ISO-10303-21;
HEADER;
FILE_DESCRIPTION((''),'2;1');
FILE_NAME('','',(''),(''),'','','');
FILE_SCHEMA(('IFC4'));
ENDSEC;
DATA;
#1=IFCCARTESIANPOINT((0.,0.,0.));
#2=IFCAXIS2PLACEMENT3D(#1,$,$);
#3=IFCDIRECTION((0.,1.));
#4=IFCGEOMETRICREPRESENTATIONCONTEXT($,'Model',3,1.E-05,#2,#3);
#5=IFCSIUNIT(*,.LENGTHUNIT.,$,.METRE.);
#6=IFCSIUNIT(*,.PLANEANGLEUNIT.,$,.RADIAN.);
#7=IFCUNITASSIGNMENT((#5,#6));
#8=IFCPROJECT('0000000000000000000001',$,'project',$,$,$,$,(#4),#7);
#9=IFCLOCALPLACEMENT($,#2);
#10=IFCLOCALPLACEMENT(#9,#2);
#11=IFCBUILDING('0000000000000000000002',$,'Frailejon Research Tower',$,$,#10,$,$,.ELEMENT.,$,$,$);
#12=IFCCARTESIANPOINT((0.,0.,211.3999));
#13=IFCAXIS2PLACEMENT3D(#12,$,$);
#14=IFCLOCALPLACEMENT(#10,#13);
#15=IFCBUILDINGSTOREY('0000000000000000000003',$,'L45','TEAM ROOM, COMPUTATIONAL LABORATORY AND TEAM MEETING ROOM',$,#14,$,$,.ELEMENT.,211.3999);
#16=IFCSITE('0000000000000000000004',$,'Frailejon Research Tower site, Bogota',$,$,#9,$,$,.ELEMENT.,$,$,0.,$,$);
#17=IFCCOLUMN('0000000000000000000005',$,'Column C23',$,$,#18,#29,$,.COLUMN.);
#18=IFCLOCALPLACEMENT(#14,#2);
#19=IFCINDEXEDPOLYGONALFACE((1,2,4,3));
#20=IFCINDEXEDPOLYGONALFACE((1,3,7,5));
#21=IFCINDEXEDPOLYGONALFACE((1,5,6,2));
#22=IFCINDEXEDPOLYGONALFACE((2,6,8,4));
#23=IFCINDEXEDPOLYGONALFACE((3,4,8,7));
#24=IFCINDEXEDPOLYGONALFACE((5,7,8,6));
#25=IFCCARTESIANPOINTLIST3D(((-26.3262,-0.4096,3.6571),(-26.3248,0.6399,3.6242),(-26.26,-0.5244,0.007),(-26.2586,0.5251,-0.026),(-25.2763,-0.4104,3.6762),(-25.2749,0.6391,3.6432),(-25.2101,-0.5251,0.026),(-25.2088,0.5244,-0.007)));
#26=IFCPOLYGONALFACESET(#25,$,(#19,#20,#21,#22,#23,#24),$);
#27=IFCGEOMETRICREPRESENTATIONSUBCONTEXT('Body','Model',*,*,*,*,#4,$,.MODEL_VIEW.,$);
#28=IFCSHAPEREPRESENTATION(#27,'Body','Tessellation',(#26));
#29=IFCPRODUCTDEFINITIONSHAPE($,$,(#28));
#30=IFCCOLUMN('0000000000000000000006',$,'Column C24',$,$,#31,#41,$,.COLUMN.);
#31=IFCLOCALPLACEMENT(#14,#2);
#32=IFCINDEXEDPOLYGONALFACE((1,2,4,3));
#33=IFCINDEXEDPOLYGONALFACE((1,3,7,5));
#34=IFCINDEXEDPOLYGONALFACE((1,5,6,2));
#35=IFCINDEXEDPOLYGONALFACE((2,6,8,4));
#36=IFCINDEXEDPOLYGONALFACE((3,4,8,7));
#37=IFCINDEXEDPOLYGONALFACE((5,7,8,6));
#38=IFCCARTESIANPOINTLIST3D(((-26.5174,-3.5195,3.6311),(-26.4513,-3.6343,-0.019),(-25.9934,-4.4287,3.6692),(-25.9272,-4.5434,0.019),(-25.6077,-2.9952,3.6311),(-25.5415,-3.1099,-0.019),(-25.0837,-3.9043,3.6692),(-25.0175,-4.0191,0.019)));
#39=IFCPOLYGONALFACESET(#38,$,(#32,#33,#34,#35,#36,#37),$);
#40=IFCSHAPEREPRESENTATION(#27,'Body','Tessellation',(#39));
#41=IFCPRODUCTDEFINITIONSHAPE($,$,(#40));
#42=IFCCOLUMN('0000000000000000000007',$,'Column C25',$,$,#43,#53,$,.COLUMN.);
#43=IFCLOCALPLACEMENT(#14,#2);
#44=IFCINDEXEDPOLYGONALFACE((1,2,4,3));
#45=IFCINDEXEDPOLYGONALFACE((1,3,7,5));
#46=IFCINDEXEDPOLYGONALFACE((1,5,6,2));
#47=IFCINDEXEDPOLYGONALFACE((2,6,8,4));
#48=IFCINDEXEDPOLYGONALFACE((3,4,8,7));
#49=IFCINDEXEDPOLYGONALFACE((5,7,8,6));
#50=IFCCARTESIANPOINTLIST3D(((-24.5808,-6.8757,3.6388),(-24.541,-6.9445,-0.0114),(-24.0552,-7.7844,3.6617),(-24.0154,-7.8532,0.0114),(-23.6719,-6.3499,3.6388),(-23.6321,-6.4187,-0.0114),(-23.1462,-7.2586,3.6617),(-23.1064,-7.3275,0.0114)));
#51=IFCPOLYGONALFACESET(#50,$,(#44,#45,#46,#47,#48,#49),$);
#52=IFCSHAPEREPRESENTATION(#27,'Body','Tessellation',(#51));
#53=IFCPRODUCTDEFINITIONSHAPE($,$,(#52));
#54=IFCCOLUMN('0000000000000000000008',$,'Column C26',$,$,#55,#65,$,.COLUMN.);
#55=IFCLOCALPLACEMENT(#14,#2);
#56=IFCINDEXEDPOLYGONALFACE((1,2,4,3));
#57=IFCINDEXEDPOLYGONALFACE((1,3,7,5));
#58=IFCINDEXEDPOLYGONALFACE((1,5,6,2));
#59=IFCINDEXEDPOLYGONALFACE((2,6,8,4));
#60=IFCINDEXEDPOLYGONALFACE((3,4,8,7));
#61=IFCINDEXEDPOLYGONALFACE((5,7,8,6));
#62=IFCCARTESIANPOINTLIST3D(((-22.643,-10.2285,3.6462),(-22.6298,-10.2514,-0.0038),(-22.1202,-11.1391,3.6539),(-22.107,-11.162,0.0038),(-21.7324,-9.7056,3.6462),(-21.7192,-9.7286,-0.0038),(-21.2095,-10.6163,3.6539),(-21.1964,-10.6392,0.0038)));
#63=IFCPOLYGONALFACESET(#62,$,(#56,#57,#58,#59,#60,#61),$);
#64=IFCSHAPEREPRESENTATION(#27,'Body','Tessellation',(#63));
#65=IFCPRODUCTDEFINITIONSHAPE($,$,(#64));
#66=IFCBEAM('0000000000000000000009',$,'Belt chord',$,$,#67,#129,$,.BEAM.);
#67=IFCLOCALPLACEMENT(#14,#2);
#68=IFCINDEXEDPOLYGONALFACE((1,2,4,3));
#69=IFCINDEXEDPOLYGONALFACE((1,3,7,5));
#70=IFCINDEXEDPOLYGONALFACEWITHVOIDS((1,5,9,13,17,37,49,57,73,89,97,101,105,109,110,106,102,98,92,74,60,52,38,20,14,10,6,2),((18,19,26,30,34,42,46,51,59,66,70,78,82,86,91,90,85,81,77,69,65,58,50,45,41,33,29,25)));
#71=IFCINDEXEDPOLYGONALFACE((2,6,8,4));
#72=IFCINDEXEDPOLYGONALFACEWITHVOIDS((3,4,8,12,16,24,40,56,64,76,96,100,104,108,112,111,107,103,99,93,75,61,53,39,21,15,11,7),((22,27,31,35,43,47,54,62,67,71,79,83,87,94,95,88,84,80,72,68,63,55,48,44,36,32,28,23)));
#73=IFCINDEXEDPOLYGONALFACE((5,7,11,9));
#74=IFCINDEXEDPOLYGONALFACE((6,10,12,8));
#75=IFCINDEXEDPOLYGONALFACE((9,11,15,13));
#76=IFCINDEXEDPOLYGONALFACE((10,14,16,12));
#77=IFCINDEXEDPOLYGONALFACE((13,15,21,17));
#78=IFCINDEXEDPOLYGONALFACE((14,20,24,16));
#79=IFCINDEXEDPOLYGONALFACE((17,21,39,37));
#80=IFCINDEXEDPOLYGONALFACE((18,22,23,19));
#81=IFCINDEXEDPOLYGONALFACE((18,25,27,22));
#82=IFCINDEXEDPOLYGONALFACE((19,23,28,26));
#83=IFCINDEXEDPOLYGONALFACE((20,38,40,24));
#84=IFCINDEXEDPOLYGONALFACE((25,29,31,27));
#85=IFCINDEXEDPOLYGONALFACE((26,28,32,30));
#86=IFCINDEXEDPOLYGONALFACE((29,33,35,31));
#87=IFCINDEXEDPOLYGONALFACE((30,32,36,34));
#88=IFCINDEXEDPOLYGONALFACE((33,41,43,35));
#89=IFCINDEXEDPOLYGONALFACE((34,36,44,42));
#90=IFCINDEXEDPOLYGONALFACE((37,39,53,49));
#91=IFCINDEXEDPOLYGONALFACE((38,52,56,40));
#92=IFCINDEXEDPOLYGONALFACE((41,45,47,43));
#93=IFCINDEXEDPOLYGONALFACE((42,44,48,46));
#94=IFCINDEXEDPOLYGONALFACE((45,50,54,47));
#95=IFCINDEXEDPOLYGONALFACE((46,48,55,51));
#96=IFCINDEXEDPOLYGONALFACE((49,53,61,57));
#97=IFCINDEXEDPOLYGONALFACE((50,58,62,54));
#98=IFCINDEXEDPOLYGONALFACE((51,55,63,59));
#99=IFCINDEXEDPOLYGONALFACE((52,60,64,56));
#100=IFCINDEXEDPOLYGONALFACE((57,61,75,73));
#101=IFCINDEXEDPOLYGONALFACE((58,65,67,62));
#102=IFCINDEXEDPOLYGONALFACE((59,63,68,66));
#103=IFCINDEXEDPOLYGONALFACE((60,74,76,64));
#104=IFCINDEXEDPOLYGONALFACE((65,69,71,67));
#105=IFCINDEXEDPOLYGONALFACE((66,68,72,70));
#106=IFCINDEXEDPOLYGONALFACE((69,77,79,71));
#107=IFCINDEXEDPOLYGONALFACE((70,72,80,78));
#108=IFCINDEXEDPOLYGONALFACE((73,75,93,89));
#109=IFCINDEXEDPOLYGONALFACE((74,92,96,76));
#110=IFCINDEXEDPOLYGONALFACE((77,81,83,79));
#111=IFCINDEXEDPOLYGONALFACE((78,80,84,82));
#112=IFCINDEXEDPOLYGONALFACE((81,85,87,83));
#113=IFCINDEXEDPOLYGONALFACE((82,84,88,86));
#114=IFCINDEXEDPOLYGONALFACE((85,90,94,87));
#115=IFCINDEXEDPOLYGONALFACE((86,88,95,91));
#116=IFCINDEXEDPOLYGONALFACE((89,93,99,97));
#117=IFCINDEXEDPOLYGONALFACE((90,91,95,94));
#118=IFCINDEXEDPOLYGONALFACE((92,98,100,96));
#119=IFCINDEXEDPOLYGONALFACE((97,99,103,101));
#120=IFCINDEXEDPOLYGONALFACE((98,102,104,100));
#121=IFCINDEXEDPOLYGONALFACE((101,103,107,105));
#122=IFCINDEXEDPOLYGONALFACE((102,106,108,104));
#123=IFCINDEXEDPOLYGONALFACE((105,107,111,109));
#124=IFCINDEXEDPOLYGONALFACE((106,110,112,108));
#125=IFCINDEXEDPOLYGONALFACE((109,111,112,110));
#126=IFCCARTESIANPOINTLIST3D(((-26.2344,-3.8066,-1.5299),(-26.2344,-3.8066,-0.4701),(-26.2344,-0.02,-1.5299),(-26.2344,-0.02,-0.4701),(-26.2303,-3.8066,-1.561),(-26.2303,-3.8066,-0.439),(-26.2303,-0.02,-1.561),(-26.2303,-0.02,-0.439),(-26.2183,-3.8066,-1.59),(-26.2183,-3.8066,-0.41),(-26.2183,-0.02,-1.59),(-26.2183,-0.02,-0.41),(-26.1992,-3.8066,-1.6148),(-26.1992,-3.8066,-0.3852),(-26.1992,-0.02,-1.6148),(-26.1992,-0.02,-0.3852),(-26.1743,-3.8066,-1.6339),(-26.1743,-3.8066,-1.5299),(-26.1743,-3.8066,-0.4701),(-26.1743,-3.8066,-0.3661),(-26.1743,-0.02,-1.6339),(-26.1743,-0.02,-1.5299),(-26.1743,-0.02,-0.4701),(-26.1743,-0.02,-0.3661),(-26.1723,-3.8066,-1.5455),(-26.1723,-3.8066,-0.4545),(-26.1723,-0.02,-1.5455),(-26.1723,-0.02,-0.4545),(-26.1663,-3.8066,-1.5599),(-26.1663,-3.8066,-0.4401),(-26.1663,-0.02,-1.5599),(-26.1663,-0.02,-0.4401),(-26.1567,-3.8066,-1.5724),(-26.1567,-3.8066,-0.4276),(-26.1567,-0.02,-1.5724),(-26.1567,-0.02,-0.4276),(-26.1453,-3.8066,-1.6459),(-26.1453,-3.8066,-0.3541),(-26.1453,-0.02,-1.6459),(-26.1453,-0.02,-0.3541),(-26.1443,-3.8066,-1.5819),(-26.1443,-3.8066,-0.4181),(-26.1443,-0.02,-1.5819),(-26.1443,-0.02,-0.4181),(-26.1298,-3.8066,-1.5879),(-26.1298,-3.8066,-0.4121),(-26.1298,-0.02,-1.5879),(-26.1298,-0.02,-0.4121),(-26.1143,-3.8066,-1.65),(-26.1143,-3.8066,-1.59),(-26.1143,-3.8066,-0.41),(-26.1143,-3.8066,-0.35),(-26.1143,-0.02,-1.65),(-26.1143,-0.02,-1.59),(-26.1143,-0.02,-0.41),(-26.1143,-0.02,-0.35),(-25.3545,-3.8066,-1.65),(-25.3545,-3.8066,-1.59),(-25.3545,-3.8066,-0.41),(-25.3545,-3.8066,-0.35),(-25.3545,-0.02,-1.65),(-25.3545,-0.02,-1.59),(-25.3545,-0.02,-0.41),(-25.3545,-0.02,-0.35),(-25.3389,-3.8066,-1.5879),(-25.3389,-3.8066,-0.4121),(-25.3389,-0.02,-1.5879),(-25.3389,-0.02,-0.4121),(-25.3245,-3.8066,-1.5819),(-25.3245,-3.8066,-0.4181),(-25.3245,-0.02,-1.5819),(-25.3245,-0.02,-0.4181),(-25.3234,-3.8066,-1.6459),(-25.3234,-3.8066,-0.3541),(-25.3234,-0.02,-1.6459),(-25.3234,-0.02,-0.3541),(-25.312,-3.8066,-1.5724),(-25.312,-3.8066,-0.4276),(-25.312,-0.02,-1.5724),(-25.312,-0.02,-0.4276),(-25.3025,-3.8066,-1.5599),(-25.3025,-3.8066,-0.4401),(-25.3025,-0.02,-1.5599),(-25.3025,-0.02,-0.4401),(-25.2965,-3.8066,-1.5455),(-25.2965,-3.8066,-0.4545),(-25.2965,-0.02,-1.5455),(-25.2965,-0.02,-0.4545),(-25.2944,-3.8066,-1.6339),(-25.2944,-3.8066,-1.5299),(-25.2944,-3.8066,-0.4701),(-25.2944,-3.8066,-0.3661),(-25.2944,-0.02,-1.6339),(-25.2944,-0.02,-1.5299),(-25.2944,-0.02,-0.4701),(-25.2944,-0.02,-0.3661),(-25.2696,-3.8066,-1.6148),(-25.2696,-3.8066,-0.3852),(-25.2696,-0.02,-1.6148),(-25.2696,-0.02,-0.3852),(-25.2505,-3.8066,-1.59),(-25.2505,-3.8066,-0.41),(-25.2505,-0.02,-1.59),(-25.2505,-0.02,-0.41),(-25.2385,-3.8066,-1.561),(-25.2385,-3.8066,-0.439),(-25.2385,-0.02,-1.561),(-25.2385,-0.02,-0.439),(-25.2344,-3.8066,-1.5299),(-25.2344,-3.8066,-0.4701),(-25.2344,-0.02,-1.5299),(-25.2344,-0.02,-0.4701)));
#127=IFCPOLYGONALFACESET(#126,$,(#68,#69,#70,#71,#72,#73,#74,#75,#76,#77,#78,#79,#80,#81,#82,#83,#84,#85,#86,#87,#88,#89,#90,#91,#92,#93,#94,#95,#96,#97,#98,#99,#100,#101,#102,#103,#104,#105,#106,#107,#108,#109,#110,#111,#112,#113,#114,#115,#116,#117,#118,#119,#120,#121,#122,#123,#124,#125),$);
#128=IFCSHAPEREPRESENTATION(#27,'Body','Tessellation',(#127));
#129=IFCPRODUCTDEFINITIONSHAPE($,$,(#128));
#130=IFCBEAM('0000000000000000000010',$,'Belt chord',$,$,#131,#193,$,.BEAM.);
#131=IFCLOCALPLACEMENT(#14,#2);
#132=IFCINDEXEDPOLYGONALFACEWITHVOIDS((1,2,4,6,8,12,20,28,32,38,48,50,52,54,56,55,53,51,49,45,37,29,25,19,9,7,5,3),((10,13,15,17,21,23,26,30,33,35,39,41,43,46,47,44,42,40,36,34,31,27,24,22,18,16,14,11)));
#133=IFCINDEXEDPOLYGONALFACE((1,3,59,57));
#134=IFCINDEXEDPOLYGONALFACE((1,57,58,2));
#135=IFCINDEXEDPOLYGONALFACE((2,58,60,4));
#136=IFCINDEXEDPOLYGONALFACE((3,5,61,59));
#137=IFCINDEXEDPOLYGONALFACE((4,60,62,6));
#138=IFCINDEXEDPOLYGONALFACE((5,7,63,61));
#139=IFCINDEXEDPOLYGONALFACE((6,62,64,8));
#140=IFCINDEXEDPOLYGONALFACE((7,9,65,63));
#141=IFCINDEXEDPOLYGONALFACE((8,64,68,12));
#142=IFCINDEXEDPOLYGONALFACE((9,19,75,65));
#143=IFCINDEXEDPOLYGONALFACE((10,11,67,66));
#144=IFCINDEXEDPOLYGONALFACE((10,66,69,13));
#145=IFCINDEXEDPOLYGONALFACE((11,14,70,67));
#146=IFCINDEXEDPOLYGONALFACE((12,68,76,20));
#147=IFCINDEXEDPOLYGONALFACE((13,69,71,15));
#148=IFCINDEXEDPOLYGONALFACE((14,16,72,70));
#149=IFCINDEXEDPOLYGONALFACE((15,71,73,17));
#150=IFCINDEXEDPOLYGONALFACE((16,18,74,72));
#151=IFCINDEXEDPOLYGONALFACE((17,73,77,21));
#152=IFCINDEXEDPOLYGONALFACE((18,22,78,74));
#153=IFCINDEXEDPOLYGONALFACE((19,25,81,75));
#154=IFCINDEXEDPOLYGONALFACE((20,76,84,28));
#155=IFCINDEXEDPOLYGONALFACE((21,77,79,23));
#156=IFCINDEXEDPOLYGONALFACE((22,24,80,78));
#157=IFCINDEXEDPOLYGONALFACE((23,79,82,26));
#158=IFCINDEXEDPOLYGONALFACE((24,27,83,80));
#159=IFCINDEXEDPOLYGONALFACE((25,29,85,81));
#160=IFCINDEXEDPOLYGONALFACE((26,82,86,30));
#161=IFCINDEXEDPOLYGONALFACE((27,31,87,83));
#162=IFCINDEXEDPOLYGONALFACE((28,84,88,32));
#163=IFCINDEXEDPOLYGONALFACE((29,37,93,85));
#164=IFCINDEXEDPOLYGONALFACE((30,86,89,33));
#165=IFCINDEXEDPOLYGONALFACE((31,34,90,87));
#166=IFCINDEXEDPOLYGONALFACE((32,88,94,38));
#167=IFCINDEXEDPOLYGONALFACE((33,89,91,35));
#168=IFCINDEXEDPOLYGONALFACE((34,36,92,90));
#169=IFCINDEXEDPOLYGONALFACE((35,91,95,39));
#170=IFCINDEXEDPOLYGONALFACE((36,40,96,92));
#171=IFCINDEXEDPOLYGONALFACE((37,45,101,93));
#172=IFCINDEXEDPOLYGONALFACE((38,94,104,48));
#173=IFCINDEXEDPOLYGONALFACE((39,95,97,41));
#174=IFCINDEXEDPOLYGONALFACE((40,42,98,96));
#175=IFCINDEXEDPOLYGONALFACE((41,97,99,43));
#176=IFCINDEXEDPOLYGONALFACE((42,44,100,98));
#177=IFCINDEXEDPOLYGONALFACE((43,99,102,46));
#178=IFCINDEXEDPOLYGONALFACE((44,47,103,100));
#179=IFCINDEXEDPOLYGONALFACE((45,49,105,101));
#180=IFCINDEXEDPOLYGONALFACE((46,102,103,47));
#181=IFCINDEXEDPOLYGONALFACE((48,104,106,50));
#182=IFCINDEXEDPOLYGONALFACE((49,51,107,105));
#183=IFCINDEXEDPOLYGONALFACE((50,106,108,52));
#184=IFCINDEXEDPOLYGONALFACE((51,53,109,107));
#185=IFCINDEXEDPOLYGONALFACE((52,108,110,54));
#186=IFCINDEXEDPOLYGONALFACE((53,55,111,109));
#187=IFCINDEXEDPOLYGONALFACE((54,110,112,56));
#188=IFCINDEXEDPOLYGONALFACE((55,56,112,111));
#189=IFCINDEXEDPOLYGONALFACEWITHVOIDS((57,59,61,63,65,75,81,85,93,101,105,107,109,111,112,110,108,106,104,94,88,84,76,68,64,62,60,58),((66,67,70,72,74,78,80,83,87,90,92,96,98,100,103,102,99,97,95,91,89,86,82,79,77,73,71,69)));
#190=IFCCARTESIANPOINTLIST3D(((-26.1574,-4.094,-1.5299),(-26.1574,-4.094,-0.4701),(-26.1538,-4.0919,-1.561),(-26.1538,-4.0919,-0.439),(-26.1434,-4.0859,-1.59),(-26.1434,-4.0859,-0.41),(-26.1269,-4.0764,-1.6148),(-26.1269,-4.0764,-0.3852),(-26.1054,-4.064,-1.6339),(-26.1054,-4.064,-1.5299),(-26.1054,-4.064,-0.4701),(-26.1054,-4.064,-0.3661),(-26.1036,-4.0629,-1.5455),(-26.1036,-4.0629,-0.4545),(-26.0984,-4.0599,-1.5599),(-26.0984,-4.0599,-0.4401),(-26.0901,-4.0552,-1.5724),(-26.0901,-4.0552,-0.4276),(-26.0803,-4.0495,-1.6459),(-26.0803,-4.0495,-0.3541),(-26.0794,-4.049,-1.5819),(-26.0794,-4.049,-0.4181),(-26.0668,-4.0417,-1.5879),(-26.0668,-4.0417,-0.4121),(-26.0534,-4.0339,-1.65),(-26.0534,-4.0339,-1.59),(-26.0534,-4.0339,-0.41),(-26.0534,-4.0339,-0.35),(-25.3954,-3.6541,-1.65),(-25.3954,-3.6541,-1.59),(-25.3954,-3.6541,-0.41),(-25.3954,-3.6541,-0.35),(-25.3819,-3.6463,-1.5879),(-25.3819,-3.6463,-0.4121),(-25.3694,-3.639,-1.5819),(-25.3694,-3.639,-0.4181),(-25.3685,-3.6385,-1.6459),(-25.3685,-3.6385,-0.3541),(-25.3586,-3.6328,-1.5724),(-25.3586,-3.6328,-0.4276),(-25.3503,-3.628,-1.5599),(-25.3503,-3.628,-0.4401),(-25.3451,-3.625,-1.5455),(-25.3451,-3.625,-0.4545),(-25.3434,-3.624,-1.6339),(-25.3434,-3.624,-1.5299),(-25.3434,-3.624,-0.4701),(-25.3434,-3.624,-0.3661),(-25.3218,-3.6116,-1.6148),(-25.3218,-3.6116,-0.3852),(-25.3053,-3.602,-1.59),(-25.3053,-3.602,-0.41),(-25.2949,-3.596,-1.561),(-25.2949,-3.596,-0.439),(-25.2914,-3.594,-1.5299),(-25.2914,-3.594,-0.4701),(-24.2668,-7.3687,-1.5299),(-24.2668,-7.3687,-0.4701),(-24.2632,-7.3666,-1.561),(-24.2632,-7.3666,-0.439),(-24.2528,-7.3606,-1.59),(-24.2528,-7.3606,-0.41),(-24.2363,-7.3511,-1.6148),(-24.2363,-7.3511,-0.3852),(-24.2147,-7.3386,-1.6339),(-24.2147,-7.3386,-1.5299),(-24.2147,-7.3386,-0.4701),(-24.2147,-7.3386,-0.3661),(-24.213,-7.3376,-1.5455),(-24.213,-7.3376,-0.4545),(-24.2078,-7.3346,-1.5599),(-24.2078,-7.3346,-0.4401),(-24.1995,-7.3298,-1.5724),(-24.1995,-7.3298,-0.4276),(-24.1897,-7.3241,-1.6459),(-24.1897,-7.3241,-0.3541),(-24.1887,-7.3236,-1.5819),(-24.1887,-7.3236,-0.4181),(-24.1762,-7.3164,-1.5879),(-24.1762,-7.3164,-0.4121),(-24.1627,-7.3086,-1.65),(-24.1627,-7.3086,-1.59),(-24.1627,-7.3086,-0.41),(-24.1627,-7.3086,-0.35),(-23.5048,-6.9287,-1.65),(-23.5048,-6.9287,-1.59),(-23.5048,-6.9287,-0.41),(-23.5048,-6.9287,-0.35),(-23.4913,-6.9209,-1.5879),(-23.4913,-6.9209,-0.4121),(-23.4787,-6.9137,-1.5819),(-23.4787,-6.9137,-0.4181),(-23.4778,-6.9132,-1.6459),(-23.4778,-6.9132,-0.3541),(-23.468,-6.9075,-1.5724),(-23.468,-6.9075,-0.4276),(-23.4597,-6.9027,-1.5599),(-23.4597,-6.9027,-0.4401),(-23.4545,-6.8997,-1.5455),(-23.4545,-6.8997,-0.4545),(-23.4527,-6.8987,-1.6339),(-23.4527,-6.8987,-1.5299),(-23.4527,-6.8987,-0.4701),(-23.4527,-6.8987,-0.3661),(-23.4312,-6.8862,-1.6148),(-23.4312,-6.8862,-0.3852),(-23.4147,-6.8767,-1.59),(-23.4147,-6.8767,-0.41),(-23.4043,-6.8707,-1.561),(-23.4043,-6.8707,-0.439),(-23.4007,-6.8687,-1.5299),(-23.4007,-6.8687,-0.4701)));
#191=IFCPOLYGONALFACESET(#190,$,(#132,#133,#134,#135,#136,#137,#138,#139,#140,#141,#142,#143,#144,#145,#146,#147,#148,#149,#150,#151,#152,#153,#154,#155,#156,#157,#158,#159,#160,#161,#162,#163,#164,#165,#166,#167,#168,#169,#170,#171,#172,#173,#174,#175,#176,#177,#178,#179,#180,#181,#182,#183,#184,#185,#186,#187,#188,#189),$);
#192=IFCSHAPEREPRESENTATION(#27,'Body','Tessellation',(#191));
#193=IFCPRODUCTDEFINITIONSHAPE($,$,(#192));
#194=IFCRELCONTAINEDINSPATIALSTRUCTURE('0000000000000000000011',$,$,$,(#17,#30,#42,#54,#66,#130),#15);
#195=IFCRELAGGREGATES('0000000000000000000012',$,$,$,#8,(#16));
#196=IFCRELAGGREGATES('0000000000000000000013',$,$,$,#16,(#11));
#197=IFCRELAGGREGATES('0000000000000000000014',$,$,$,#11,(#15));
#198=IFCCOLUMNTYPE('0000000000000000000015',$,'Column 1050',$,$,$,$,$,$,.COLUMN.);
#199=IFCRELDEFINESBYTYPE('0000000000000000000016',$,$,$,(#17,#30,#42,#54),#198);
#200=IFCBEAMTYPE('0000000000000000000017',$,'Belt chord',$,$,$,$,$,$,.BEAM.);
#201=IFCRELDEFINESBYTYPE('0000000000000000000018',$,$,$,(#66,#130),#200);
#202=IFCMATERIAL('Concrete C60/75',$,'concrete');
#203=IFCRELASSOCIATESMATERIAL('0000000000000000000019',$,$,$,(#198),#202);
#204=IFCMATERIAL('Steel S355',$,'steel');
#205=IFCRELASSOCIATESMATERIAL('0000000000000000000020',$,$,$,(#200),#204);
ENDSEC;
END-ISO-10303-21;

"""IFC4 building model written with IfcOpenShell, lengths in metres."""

from ifc_helpers import new_model, si_unit, direction, frame, origin, origin_2d, place, context, subcontext, project, spatial, rectangle, hollow_rectangle, extrude, material, material_profile, profile_set, type_object, element, save


model = new_model("IFC4")

# Units and contexts
model_context = context("Model", 3, precision=1e-05, world=origin(), true_north=direction((0.0, 1.0)))
body_context = subcontext(model_context, "Body", "Model", "MODEL_VIEW")
ifc_project = project(units=[si_unit("LENGTHUNIT", "METRE"), si_unit("PLANEANGLEUNIT", "RADIAN")], contexts=[model_context])

# Site, building, storey
site_placement = place(None, origin())
site = spatial("IfcSite", under=ifc_project, at=site_placement, Name="Frailejon Research Tower site, Bogota", CompositionType="ELEMENT", RefElevation=0.0)
building_placement = place(site_placement, origin())
building = spatial("IfcBuilding", under=site, at=building_placement, Name="Frailejon Research Tower", CompositionType="ELEMENT")
storey_placement = place(building_placement, frame((0.0, 0.0, 211.3999)))
storey = spatial("IfcBuildingStorey", under=building, at=storey_placement, Name="L45", Description="TEAM ROOM, COMPUTATIONAL LABORATORY AND TEAM MEETING ROOM", CompositionType="ELEMENT", Elevation=211.3999)

# Columns
ifc_material_1 = material(Name="Concrete C60/75", Category="concrete")
ifc_material_profile_1 = material_profile(ifc_material_1, rectangle(XDim=1.05, YDim=1.05, at=origin_2d()), Name="Column 1050")
ifc_profile_set_1 = profile_set([ifc_material_profile_1], Name="Concrete C60/75")
column_type = type_object("IfcColumnType", Name="Column 1050", PredefinedType="COLUMN", material=ifc_profile_set_1)
for number, where, z_axis, x_axis, name in (
    (1, (-25.7344, 0.0, 0.0), (-0.018114, 0.031415, 0.999342), (-0.001297, -0.999506, 0.031397), "Column C23"),
    (2, (-25.7344, -3.8267, 0.0), (-0.018114, 0.031415, 0.999342), (0.499041, -0.86582, 0.036263), "Column C24"),
):
    element("IfcColumn", number, at=place(storey_placement, frame(where, z_axis=z_axis, x_axis=x_axis)), inside=storey, type_object=column_type, Name=name, PredefinedType="COLUMN", context=body_context, shape_type="SweptSolid", body=[
        extrude(rectangle(XDim=1.05, YDim=1.05, at=origin_2d()), origin(), (0.0, 0.0, 1.0), 3.6526),
    ])
column_1_placement = place(storey_placement, frame((-23.8237, -7.136, 0.0), z_axis=(-0.0109, 0.018857, 0.999763), x_axis=(0.50059, -0.86541, 0.021781)))
element("IfcColumn", 3, at=column_1_placement, inside=storey, type_object=column_type, Name="Column C25", PredefinedType="COLUMN", context=body_context, shape_type="SweptSolid", body=[
    extrude(rectangle(XDim=1.05, YDim=1.05, at=origin_2d()), origin(), (0.0, 0.0, 1.0), 3.6511),
])
column_2_placement = place(storey_placement, frame((-21.9131, -10.4453, 0.0), z_axis=(-0.003612, 0.006287, 0.999974), x_axis=(0.49789, -0.86721, 0.007251)))
element("IfcColumn", 4, at=column_2_placement, inside=storey, type_object=column_type, Name="Column C26", PredefinedType="COLUMN", context=body_context, shape_type="SweptSolid", body=[
    extrude(rectangle(XDim=1.05, YDim=1.05, at=origin_2d()), origin(), (0.0, 0.0, 1.0), 3.6501),
])

# Beams
ifc_material_2 = material(Name="Steel S355", Category="steel")
ifc_material_profile_2 = material_profile(ifc_material_2, hollow_rectangle(XDim=1.0, YDim=1.3, WallThickness=0.0601, InnerFilletRadius=0.0601, OuterFilletRadius=0.1201, at=origin_2d()), Name="Belt chord")
ifc_profile_set_2 = profile_set([ifc_material_profile_2], Name="Steel S355")
beam_type_1 = type_object("IfcBeamType", Name="Belt chord", PredefinedType="BEAM", material=ifc_profile_set_2)
beam_1_placement = place(storey_placement, frame((-25.7344, -0.02, -1.0), z_axis=(0.0, -1.0, 0.0), x_axis=(1.0, 0.0, 0.0)))
element("IfcBeam", 5, at=beam_1_placement, inside=storey, type_object=beam_type_1, Name="Belt chord", PredefinedType="BEAM", context=body_context, shape_type="SweptSolid", body=[
    extrude(hollow_rectangle(XDim=1.0, YDim=1.3, WallThickness=0.0601, InnerFilletRadius=0.0601, OuterFilletRadius=0.1201, at=origin_2d()), origin(), (0.0, 0.0, 1.0), 3.7866),
])
for number, where, z_axis, x_axis, name in (
    (6, (-25.7244, -3.844, -1.0), (0.5, -0.866025, 0.0), (0.866025, 0.5, 0.0), "Belt chord"),
):
    element("IfcBeam", number, at=place(storey_placement, frame(where, z_axis=z_axis, x_axis=x_axis)), inside=storey, type_object=beam_type_1, Name=name, PredefinedType="BEAM", context=body_context, shape_type="SweptSolid", body=[
        extrude(hollow_rectangle(XDim=1.0, YDim=1.3, WallThickness=0.0601, InnerFilletRadius=0.0601, OuterFilletRadius=0.1201, at=origin_2d()), origin(), (0.0, 0.0, 1.0), 3.7812),
    ])

save(model, "model.ifc")
